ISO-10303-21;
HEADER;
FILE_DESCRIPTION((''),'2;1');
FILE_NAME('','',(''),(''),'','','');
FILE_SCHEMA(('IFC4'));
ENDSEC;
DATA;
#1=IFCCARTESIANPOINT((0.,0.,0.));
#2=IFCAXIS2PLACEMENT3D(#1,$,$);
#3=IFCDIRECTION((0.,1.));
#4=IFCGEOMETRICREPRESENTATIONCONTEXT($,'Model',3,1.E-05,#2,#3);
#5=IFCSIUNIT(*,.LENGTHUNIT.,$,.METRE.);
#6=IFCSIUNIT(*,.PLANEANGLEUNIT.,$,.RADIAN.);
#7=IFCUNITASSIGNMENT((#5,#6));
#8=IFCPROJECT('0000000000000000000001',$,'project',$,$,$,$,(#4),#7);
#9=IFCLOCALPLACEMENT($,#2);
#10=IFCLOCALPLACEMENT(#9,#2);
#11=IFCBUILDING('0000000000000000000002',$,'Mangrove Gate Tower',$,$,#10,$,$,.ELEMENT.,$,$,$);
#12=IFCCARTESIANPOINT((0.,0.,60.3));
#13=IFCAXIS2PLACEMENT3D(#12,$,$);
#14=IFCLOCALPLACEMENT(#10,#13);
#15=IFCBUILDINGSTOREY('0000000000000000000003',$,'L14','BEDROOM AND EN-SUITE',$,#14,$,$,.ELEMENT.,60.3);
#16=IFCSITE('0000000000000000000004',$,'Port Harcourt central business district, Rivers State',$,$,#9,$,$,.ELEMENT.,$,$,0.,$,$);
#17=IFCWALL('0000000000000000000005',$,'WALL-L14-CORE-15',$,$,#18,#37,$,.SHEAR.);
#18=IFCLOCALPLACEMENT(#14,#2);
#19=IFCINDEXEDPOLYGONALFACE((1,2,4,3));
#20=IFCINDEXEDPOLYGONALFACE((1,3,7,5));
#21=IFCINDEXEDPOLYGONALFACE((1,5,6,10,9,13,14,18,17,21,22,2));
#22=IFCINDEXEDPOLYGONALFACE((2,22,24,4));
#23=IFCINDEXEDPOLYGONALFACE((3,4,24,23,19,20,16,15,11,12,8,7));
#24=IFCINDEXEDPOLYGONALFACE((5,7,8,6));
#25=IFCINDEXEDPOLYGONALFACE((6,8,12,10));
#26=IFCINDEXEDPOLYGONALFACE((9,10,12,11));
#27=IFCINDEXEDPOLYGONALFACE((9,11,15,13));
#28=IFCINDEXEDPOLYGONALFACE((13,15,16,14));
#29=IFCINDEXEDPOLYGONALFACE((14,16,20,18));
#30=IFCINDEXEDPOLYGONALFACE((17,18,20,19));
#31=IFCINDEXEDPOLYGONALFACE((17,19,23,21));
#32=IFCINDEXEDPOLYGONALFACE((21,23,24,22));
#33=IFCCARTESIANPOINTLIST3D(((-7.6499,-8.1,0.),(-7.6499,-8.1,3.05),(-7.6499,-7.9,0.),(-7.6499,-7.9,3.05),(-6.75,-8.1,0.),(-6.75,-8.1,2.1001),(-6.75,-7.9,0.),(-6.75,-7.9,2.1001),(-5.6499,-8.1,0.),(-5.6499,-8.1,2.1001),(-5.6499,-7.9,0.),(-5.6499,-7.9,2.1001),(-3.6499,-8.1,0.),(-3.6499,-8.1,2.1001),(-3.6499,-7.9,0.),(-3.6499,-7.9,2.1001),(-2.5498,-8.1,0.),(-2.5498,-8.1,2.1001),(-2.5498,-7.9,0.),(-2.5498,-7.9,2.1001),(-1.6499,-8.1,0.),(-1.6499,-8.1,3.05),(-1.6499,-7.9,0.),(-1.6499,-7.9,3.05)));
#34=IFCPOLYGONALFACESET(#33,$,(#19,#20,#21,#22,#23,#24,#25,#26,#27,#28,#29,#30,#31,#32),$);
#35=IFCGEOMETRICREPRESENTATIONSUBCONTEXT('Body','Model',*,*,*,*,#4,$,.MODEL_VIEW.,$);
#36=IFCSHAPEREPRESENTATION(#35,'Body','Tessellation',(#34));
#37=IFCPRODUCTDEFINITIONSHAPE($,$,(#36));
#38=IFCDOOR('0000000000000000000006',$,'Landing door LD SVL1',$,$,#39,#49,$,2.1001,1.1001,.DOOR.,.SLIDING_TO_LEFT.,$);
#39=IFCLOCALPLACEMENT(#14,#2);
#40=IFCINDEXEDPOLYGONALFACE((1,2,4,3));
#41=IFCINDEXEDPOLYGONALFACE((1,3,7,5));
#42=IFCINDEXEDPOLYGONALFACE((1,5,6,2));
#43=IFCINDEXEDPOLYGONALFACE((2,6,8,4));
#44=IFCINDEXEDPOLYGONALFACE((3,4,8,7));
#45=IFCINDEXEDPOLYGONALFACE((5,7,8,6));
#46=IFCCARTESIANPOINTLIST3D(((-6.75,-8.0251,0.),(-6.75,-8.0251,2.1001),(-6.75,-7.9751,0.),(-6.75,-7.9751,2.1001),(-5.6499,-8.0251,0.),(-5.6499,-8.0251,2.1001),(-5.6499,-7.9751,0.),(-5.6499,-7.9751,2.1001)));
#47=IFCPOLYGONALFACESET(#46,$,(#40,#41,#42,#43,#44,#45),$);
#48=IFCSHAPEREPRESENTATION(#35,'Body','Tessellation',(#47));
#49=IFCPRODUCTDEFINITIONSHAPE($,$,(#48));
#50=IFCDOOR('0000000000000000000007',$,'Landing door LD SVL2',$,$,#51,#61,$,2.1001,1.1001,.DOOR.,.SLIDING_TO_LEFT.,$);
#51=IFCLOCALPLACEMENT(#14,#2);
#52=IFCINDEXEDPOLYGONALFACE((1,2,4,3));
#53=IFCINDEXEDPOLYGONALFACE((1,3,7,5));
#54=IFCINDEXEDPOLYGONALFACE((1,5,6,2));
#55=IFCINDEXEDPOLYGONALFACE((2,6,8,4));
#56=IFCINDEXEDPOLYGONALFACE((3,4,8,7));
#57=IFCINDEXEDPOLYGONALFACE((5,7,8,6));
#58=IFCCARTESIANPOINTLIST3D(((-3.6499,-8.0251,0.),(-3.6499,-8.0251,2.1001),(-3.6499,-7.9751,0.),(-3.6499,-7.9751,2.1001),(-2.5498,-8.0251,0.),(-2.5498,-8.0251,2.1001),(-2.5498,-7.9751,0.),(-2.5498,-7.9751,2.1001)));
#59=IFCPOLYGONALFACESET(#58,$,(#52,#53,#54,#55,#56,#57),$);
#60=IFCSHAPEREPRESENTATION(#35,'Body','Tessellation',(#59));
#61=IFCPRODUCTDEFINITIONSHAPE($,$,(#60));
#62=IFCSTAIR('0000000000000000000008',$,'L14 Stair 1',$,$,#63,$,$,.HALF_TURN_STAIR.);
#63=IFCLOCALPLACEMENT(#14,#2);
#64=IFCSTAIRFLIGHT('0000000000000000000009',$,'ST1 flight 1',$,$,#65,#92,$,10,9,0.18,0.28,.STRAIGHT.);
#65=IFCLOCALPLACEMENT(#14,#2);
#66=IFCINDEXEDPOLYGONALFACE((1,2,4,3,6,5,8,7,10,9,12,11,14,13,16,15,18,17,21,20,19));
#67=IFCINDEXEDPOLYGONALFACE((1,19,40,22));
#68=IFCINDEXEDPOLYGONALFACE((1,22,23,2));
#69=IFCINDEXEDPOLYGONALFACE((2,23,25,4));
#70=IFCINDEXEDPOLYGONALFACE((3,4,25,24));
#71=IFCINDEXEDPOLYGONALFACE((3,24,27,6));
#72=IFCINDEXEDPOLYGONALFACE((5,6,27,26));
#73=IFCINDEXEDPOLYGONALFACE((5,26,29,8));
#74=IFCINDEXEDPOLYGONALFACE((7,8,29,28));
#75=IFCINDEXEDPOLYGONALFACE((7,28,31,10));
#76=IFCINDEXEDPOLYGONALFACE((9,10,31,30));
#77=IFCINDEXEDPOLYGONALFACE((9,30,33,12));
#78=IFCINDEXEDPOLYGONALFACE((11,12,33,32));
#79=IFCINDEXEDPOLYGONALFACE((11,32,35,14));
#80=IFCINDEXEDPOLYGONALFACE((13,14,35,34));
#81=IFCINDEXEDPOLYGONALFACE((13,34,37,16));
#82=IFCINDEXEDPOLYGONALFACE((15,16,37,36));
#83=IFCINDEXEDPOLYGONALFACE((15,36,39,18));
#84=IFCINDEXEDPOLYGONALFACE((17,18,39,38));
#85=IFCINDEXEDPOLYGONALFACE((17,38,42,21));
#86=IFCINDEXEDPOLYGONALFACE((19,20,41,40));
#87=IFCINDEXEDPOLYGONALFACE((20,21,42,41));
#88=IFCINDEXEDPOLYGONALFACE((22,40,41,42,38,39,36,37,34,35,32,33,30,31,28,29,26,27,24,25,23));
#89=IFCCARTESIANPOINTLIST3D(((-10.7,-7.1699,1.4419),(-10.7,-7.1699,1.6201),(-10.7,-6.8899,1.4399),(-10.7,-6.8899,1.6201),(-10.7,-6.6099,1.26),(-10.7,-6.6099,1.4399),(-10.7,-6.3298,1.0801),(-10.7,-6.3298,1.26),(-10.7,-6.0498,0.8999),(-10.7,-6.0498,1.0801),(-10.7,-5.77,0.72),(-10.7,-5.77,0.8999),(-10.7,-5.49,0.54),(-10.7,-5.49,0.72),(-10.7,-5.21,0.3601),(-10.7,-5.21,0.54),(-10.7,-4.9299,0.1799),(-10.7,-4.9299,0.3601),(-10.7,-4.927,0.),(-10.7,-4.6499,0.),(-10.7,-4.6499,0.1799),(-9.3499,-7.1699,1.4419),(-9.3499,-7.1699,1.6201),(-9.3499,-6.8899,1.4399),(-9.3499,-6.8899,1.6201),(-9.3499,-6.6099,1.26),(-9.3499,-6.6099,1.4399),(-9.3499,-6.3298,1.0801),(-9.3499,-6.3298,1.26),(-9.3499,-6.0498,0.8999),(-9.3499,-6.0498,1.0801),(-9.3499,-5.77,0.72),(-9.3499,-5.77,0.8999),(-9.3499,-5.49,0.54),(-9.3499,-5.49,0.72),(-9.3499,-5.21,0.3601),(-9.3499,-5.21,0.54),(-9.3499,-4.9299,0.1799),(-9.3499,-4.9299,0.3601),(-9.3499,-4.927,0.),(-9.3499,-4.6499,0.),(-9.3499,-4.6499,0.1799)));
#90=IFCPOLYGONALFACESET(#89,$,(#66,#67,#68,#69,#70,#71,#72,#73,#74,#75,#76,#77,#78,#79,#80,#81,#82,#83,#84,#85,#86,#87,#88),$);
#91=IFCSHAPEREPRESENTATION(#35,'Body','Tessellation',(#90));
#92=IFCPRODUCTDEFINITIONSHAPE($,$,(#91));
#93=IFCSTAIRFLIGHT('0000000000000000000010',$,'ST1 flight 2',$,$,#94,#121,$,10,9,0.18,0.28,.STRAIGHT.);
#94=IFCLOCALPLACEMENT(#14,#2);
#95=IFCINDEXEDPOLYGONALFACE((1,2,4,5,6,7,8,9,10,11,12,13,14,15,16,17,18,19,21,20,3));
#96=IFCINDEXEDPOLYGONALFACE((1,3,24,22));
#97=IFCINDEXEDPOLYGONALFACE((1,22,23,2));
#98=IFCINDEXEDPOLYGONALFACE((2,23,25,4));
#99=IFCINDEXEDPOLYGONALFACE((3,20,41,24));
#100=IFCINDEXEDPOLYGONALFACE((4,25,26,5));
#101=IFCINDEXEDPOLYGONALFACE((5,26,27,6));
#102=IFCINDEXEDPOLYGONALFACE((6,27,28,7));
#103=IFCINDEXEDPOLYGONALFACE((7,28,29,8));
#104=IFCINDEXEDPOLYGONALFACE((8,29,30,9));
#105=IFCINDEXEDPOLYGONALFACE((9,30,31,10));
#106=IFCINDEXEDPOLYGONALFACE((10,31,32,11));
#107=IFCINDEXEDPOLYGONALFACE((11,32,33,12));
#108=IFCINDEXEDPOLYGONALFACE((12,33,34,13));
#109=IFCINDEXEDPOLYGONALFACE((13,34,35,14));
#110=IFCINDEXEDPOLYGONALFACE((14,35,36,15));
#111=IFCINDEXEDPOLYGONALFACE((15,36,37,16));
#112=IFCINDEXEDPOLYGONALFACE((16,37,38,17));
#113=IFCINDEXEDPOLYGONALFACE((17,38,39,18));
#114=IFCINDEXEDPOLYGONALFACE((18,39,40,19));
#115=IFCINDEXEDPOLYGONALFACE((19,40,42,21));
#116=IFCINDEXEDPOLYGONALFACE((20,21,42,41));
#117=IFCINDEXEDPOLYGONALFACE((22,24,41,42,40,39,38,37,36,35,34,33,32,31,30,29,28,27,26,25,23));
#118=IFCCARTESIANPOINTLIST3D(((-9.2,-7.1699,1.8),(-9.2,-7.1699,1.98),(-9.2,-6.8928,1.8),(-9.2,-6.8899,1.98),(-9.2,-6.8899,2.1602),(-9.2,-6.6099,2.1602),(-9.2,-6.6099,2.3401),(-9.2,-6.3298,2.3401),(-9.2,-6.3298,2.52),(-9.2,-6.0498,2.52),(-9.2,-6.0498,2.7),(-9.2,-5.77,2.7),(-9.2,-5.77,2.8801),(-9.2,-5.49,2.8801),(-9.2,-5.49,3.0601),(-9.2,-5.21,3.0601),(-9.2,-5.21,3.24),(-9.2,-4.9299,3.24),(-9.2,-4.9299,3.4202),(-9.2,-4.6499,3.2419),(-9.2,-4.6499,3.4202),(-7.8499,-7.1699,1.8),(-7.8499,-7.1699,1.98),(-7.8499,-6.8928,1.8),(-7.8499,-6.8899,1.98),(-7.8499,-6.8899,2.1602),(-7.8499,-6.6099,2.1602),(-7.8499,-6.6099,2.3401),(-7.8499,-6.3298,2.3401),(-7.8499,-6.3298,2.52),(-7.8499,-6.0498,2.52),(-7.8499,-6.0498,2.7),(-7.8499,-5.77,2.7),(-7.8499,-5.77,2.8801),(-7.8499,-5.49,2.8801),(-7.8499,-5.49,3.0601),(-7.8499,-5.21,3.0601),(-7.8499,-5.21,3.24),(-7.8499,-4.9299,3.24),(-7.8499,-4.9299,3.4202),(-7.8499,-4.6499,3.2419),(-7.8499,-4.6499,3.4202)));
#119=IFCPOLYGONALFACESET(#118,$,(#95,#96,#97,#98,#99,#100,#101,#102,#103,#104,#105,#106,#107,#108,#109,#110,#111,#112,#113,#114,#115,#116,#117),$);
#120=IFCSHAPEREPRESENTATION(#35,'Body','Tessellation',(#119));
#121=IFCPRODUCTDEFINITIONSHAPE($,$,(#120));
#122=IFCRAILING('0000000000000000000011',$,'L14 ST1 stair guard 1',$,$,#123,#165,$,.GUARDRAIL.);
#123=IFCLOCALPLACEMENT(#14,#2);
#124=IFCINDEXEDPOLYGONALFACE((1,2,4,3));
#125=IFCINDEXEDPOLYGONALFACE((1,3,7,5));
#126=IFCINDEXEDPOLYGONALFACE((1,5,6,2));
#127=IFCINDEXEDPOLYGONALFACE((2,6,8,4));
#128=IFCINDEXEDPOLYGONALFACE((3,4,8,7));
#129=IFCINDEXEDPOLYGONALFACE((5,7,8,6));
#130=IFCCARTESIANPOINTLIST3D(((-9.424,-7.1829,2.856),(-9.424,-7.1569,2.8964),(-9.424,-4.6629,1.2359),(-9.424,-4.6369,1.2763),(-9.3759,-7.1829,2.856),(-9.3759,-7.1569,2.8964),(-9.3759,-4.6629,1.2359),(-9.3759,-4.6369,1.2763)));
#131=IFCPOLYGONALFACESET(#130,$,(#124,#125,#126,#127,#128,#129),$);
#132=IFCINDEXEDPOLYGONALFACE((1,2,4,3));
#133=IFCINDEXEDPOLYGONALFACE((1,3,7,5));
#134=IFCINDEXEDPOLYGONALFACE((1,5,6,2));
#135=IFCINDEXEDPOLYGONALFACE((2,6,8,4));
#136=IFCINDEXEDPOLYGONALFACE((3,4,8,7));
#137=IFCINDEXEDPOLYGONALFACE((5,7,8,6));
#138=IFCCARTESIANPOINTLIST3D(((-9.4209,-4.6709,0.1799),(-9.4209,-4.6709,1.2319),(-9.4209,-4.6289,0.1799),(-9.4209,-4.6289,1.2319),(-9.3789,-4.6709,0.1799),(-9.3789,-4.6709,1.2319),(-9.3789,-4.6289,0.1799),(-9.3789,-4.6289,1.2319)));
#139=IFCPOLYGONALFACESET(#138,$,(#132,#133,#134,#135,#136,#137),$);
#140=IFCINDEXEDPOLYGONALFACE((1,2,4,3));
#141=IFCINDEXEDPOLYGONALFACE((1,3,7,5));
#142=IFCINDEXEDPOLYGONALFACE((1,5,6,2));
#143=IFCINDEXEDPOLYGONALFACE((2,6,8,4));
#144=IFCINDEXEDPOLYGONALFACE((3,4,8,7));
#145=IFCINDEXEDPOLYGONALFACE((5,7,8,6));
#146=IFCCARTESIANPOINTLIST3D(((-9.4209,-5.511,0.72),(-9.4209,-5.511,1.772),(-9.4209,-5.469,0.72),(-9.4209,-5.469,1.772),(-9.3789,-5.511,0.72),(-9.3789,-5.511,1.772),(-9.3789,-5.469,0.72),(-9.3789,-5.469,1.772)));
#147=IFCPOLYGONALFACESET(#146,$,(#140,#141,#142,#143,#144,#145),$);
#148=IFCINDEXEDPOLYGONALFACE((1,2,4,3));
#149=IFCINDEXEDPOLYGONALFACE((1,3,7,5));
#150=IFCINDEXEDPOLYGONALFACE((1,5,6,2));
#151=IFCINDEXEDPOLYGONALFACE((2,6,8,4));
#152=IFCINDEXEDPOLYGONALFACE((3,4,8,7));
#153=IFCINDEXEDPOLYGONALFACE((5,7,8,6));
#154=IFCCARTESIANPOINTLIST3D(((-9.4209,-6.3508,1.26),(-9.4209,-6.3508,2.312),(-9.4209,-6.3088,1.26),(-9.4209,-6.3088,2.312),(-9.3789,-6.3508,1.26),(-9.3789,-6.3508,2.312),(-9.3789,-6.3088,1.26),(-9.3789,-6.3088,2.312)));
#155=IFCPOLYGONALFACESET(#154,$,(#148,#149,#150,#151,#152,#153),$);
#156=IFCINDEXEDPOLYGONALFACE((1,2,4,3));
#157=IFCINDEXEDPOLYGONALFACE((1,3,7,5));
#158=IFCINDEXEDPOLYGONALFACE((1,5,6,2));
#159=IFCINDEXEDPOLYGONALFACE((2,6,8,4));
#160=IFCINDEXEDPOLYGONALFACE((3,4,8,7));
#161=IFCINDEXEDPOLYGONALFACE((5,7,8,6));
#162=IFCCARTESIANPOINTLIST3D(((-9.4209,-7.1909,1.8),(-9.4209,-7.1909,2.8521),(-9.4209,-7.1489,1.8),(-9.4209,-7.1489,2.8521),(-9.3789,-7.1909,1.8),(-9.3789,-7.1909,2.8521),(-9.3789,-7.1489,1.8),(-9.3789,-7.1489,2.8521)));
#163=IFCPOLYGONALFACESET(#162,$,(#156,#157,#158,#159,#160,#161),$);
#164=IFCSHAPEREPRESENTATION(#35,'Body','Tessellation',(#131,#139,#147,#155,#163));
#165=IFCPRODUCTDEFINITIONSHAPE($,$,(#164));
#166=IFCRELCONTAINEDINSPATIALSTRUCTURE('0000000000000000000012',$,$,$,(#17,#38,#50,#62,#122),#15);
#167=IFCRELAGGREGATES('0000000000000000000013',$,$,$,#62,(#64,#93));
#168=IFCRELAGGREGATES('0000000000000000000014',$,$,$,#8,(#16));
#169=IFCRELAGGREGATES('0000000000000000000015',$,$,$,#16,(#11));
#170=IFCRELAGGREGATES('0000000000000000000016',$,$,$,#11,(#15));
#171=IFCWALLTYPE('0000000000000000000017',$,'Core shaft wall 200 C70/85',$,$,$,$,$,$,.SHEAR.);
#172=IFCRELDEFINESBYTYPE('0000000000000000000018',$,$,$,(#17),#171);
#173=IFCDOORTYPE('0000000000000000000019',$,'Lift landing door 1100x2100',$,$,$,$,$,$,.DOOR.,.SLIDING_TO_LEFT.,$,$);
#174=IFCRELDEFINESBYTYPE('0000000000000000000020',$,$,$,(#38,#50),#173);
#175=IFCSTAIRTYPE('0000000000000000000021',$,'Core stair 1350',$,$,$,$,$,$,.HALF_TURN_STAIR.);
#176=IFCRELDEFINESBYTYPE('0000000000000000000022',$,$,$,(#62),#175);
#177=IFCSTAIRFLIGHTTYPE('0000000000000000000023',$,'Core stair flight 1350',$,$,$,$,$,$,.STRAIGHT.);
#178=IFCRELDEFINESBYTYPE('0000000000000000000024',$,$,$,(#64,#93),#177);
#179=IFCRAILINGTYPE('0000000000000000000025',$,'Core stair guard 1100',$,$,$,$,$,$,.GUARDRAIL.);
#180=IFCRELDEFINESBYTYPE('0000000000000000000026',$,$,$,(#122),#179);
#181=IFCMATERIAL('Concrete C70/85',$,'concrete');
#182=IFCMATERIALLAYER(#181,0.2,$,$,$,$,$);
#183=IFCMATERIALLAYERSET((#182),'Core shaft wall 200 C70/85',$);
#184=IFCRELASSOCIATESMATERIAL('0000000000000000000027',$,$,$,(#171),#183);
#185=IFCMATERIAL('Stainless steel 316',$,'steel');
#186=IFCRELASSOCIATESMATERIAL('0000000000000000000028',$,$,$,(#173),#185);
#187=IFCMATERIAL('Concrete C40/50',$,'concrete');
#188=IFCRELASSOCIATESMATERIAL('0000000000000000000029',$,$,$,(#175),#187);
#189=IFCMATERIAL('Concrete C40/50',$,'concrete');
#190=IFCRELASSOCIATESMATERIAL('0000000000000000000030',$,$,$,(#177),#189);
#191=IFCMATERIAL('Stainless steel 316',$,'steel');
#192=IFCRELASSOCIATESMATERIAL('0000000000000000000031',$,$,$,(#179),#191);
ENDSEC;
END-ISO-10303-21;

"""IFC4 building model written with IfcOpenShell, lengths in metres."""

from ifc_helpers import new_model, si_unit, direction, frame, frame_2d, origin, origin_2d, place, context, subcontext, project, spatial, polyline, rectangle, outline, extrude, material, layer, layer_set, type_object, element, fill, aggregate, save


model = new_model("IFC4")

# Units and contexts
model_context = context("Model", 3, precision=1e-05, world=origin(), true_north=direction((0.0, 1.0)))
body_context = subcontext(model_context, "Body", "Model", "MODEL_VIEW")
ifc_project = project(units=[si_unit("LENGTHUNIT", "METRE"), si_unit("PLANEANGLEUNIT", "RADIAN")], contexts=[model_context])

# Site, building, storey
site_placement = place(None, origin())
site = spatial("IfcSite", under=ifc_project, at=site_placement, Name="Port Harcourt central business district, Rivers State", CompositionType="ELEMENT", RefElevation=0.0)
building_placement = place(site_placement, origin())
building = spatial("IfcBuilding", under=site, at=building_placement, Name="Mangrove Gate Tower", CompositionType="ELEMENT")
storey_placement = place(building_placement, frame((0.0, 0.0, 60.3)))
storey = spatial("IfcBuildingStorey", under=building, at=storey_placement, Name="L14", Description="BEDROOM AND EN-SUITE", CompositionType="ELEMENT", Elevation=60.3)

# Wall, openings, doors
ifc_material_1 = material(Name="Concrete C70/85", Category="concrete")
ifc_layer = layer(ifc_material_1, 0.2)
ifc_layer_set = layer_set([ifc_layer], Name="Core shaft wall 200 C70/85")
wall_type = type_object("IfcWallType", Name="Core shaft wall 200 C70/85", PredefinedType="SHEAR", material=ifc_layer_set)
wall_placement = place(storey_placement, frame((-7.6499, -8.0, 0.0), z_axis=(0.0, 0.0, 1.0), x_axis=(1.0, 0.0, 0.0)))
wall = element("IfcWall", 1, at=wall_placement, inside=storey, type_object=wall_type, Name="WALL-L14-CORE-15", PredefinedType="SHEAR", context=body_context, shape_type="SweptSolid", body=[
    extrude(rectangle(XDim=6.0, YDim=0.2, at=frame_2d((3.0, 0.0))), origin(), (0.0, 0.0, 1.0), 3.05),
])
opening_1_placement = place(wall_placement, frame((0.8999, 0.0, 0.0)))
opening_1 = element("IfcOpeningElement", 2, at=opening_1_placement, cuts=wall, PredefinedType="OPENING", context=body_context, shape_type="SweptSolid", body=[
    extrude(rectangle(XDim=1.1001, YDim=2.1001, at=frame_2d((0.55, 1.05))), frame((0.0, 0.1099, 0.0), z_axis=(0.0, -1.0, 0.0), x_axis=(1.0, 0.0, 0.0)), (0.0, 0.0, 1.0), 0.22),
])
opening_2_placement = place(wall_placement, frame((4.0, 0.0, 0.0)))
opening_2 = element("IfcOpeningElement", 3, at=opening_2_placement, cuts=wall, PredefinedType="OPENING", context=body_context, shape_type="SweptSolid", body=[
    extrude(rectangle(XDim=1.1001, YDim=2.1001, at=frame_2d((0.55, 1.05))), frame((0.0, 0.1099, 0.0), z_axis=(0.0, -1.0, 0.0), x_axis=(1.0, 0.0, 0.0)), (0.0, 0.0, 1.0), 0.22),
])
ifc_material_2 = material(Name="Stainless steel 316", Category="steel")
door_type = type_object("IfcDoorType", Name="Lift landing door 1100x2100", OperationType="SLIDING_TO_LEFT", PredefinedType="DOOR", material=ifc_material_2)
door_1_placement = place(opening_1_placement, origin())
door_1 = element("IfcDoor", 4, at=door_1_placement, inside=storey, type_object=door_type, Name="Landing door LD SVL1", OperationType="SLIDING_TO_LEFT", OverallHeight=2.1001, OverallWidth=1.1001, PredefinedType="DOOR", context=body_context, shape_type="SweptSolid", body=[
    extrude(rectangle(XDim=1.1001, YDim=2.1001, at=frame_2d((0.55, 1.05))), frame((0.0, 0.0249, 0.0), z_axis=(0.0, -1.0, 0.0), x_axis=(1.0, 0.0, 0.0)), (0.0, 0.0, 1.0), 0.05),
])
fill(opening_1, door_1)
door_2_placement = place(opening_2_placement, origin())
door_2 = element("IfcDoor", 5, at=door_2_placement, inside=storey, type_object=door_type, Name="Landing door LD SVL2", OperationType="SLIDING_TO_LEFT", OverallHeight=2.1001, OverallWidth=1.1001, PredefinedType="DOOR", context=body_context, shape_type="SweptSolid", body=[
    extrude(rectangle(XDim=1.1001, YDim=2.1001, at=frame_2d((0.55, 1.05))), frame((0.0, 0.0249, 0.0), z_axis=(0.0, -1.0, 0.0), x_axis=(1.0, 0.0, 0.0)), (0.0, 0.0, 1.0), 0.05),
])
fill(opening_2, door_2)

# Stair, stair flights
ifc_material_3 = material(Name="Concrete C40/50", Category="concrete")
stair_type = type_object("IfcStairType", Name="Core stair 1350", PredefinedType="HALF_TURN_STAIR", material=ifc_material_3)
stair_placement = place(storey_placement, origin())
stair = element("IfcStair", 6, at=stair_placement, inside=storey, type_object=stair_type, Name="L14 Stair 1", PredefinedType="HALF_TURN_STAIR")
ifc_material_4 = material(Name="Concrete C40/50", Category="concrete")
stair_flight_type = type_object("IfcStairFlightType", Name="Core stair flight 1350", PredefinedType="STRAIGHT", material=ifc_material_4)
stair_flight_1_placement = place(storey_placement, frame((-10.0249, -4.6499, 0.0), z_axis=(0.0, 0.0, 1.0), x_axis=(0.0, -1.0, 0.0)))
stair_flight_1 = element("IfcStairFlight", 7, at=stair_flight_1_placement, type_object=stair_flight_type, Name="ST1 flight 1", NumberOfRisers=10, NumberOfTreads=9, PredefinedType="STRAIGHT", RiserHeight=0.18, TreadLength=0.28, context=body_context, shape_type="SweptSolid", body=[
    extrude(outline(polyline([(0.0, 0.0), (0.0, 0.1799), (0.28, 0.1799), (0.28, 0.3601), (0.5601, 0.3601), (0.5601, 0.54), (0.8401, 0.54), (0.8401, 0.72), (1.1201, 0.72), (1.1201, 0.8999), (1.3999, 0.8999), (1.3999, 1.0801), (1.6799, 1.0801), (1.6799, 1.26), (1.96, 1.26), (1.96, 1.4399), (2.24, 1.4399), (2.24, 1.6201), (2.52, 1.6201), (2.52, 1.8), (2.52, 1.4419), (0.2771, 0.0), (0.0, 0.0)])), frame((0.0, 0.675, 0.0), z_axis=(0.0, -1.0, 0.0), x_axis=(1.0, 0.0, 0.0)), (0.0, 0.0, 1.0), 1.3501),
])
stair_flight_2_placement = place(storey_placement, frame((-8.5249, -7.1699, 1.8), z_axis=(0.0, 0.0, 1.0), x_axis=(0.0, 1.0, 0.0)))
stair_flight_2 = element("IfcStairFlight", 8, at=stair_flight_2_placement, type_object=stair_flight_type, Name="ST1 flight 2", NumberOfRisers=10, NumberOfTreads=9, PredefinedType="STRAIGHT", RiserHeight=0.18, TreadLength=0.28, context=body_context, shape_type="SweptSolid", body=[
    extrude(outline(polyline([(0.0, 0.0), (0.0, 0.1799), (0.28, 0.1799), (0.28, 0.3601), (0.5601, 0.3601), (0.5601, 0.54), (0.8401, 0.54), (0.8401, 0.72), (1.1201, 0.72), (1.1201, 0.8999), (1.3999, 0.8999), (1.3999, 1.0801), (1.6799, 1.0801), (1.6799, 1.26), (1.96, 1.26), (1.96, 1.4399), (2.24, 1.4399), (2.24, 1.6201), (2.52, 1.6201), (2.52, 1.8), (2.52, 1.4419), (0.2771, 0.0), (0.0, 0.0)])), frame((0.0, 0.675, 0.0), z_axis=(0.0, -1.0, 0.0), x_axis=(1.0, 0.0, 0.0)), (0.0, 0.0, 1.0), 1.3501),
])
aggregate(stair, [stair_flight_1, stair_flight_2])

# Railing
ifc_material_5 = material(Name="Stainless steel 316", Category="steel")
railing_type_1 = type_object("IfcRailingType", Name="Core stair guard 1100", PredefinedType="GUARDRAIL", material=ifc_material_5)
railing_1_placement = place(storey_placement, frame((-9.3999, -4.6499, 0.1799)))
element("IfcRailing", 9, at=railing_1_placement, inside=storey, type_object=railing_type_1, Name="L14 ST1 stair guard 1", PredefinedType="GUARDRAIL", context=body_context, shape_type="SweptSolid", body=[
    extrude(rectangle(XDim=0.0481, YDim=0.0481, at=origin_2d()), frame((0.0, 0.0, 1.0762), z_axis=(0.0, -0.841163, 0.540782), x_axis=(1.0, 0.0, 0.0)), (0.0, 0.0, 1.0), 2.9958),
    extrude(rectangle(XDim=0.042, YDim=0.042, at=origin_2d()), origin(), (0.0, 0.0, 1.0), 1.052),
    extrude(rectangle(XDim=0.042, YDim=0.042, at=origin_2d()), frame((0.0, -0.8401, 0.54)), (0.0, 0.0, 1.0), 1.052),
    extrude(rectangle(XDim=0.042, YDim=0.042, at=origin_2d()), frame((0.0, -1.6799, 1.0801)), (0.0, 0.0, 1.0), 1.052),
    extrude(rectangle(XDim=0.042, YDim=0.042, at=origin_2d()), frame((0.0, -2.52, 1.6201)), (0.0, 0.0, 1.0), 1.052),
])

save(model, "model.ifc")
